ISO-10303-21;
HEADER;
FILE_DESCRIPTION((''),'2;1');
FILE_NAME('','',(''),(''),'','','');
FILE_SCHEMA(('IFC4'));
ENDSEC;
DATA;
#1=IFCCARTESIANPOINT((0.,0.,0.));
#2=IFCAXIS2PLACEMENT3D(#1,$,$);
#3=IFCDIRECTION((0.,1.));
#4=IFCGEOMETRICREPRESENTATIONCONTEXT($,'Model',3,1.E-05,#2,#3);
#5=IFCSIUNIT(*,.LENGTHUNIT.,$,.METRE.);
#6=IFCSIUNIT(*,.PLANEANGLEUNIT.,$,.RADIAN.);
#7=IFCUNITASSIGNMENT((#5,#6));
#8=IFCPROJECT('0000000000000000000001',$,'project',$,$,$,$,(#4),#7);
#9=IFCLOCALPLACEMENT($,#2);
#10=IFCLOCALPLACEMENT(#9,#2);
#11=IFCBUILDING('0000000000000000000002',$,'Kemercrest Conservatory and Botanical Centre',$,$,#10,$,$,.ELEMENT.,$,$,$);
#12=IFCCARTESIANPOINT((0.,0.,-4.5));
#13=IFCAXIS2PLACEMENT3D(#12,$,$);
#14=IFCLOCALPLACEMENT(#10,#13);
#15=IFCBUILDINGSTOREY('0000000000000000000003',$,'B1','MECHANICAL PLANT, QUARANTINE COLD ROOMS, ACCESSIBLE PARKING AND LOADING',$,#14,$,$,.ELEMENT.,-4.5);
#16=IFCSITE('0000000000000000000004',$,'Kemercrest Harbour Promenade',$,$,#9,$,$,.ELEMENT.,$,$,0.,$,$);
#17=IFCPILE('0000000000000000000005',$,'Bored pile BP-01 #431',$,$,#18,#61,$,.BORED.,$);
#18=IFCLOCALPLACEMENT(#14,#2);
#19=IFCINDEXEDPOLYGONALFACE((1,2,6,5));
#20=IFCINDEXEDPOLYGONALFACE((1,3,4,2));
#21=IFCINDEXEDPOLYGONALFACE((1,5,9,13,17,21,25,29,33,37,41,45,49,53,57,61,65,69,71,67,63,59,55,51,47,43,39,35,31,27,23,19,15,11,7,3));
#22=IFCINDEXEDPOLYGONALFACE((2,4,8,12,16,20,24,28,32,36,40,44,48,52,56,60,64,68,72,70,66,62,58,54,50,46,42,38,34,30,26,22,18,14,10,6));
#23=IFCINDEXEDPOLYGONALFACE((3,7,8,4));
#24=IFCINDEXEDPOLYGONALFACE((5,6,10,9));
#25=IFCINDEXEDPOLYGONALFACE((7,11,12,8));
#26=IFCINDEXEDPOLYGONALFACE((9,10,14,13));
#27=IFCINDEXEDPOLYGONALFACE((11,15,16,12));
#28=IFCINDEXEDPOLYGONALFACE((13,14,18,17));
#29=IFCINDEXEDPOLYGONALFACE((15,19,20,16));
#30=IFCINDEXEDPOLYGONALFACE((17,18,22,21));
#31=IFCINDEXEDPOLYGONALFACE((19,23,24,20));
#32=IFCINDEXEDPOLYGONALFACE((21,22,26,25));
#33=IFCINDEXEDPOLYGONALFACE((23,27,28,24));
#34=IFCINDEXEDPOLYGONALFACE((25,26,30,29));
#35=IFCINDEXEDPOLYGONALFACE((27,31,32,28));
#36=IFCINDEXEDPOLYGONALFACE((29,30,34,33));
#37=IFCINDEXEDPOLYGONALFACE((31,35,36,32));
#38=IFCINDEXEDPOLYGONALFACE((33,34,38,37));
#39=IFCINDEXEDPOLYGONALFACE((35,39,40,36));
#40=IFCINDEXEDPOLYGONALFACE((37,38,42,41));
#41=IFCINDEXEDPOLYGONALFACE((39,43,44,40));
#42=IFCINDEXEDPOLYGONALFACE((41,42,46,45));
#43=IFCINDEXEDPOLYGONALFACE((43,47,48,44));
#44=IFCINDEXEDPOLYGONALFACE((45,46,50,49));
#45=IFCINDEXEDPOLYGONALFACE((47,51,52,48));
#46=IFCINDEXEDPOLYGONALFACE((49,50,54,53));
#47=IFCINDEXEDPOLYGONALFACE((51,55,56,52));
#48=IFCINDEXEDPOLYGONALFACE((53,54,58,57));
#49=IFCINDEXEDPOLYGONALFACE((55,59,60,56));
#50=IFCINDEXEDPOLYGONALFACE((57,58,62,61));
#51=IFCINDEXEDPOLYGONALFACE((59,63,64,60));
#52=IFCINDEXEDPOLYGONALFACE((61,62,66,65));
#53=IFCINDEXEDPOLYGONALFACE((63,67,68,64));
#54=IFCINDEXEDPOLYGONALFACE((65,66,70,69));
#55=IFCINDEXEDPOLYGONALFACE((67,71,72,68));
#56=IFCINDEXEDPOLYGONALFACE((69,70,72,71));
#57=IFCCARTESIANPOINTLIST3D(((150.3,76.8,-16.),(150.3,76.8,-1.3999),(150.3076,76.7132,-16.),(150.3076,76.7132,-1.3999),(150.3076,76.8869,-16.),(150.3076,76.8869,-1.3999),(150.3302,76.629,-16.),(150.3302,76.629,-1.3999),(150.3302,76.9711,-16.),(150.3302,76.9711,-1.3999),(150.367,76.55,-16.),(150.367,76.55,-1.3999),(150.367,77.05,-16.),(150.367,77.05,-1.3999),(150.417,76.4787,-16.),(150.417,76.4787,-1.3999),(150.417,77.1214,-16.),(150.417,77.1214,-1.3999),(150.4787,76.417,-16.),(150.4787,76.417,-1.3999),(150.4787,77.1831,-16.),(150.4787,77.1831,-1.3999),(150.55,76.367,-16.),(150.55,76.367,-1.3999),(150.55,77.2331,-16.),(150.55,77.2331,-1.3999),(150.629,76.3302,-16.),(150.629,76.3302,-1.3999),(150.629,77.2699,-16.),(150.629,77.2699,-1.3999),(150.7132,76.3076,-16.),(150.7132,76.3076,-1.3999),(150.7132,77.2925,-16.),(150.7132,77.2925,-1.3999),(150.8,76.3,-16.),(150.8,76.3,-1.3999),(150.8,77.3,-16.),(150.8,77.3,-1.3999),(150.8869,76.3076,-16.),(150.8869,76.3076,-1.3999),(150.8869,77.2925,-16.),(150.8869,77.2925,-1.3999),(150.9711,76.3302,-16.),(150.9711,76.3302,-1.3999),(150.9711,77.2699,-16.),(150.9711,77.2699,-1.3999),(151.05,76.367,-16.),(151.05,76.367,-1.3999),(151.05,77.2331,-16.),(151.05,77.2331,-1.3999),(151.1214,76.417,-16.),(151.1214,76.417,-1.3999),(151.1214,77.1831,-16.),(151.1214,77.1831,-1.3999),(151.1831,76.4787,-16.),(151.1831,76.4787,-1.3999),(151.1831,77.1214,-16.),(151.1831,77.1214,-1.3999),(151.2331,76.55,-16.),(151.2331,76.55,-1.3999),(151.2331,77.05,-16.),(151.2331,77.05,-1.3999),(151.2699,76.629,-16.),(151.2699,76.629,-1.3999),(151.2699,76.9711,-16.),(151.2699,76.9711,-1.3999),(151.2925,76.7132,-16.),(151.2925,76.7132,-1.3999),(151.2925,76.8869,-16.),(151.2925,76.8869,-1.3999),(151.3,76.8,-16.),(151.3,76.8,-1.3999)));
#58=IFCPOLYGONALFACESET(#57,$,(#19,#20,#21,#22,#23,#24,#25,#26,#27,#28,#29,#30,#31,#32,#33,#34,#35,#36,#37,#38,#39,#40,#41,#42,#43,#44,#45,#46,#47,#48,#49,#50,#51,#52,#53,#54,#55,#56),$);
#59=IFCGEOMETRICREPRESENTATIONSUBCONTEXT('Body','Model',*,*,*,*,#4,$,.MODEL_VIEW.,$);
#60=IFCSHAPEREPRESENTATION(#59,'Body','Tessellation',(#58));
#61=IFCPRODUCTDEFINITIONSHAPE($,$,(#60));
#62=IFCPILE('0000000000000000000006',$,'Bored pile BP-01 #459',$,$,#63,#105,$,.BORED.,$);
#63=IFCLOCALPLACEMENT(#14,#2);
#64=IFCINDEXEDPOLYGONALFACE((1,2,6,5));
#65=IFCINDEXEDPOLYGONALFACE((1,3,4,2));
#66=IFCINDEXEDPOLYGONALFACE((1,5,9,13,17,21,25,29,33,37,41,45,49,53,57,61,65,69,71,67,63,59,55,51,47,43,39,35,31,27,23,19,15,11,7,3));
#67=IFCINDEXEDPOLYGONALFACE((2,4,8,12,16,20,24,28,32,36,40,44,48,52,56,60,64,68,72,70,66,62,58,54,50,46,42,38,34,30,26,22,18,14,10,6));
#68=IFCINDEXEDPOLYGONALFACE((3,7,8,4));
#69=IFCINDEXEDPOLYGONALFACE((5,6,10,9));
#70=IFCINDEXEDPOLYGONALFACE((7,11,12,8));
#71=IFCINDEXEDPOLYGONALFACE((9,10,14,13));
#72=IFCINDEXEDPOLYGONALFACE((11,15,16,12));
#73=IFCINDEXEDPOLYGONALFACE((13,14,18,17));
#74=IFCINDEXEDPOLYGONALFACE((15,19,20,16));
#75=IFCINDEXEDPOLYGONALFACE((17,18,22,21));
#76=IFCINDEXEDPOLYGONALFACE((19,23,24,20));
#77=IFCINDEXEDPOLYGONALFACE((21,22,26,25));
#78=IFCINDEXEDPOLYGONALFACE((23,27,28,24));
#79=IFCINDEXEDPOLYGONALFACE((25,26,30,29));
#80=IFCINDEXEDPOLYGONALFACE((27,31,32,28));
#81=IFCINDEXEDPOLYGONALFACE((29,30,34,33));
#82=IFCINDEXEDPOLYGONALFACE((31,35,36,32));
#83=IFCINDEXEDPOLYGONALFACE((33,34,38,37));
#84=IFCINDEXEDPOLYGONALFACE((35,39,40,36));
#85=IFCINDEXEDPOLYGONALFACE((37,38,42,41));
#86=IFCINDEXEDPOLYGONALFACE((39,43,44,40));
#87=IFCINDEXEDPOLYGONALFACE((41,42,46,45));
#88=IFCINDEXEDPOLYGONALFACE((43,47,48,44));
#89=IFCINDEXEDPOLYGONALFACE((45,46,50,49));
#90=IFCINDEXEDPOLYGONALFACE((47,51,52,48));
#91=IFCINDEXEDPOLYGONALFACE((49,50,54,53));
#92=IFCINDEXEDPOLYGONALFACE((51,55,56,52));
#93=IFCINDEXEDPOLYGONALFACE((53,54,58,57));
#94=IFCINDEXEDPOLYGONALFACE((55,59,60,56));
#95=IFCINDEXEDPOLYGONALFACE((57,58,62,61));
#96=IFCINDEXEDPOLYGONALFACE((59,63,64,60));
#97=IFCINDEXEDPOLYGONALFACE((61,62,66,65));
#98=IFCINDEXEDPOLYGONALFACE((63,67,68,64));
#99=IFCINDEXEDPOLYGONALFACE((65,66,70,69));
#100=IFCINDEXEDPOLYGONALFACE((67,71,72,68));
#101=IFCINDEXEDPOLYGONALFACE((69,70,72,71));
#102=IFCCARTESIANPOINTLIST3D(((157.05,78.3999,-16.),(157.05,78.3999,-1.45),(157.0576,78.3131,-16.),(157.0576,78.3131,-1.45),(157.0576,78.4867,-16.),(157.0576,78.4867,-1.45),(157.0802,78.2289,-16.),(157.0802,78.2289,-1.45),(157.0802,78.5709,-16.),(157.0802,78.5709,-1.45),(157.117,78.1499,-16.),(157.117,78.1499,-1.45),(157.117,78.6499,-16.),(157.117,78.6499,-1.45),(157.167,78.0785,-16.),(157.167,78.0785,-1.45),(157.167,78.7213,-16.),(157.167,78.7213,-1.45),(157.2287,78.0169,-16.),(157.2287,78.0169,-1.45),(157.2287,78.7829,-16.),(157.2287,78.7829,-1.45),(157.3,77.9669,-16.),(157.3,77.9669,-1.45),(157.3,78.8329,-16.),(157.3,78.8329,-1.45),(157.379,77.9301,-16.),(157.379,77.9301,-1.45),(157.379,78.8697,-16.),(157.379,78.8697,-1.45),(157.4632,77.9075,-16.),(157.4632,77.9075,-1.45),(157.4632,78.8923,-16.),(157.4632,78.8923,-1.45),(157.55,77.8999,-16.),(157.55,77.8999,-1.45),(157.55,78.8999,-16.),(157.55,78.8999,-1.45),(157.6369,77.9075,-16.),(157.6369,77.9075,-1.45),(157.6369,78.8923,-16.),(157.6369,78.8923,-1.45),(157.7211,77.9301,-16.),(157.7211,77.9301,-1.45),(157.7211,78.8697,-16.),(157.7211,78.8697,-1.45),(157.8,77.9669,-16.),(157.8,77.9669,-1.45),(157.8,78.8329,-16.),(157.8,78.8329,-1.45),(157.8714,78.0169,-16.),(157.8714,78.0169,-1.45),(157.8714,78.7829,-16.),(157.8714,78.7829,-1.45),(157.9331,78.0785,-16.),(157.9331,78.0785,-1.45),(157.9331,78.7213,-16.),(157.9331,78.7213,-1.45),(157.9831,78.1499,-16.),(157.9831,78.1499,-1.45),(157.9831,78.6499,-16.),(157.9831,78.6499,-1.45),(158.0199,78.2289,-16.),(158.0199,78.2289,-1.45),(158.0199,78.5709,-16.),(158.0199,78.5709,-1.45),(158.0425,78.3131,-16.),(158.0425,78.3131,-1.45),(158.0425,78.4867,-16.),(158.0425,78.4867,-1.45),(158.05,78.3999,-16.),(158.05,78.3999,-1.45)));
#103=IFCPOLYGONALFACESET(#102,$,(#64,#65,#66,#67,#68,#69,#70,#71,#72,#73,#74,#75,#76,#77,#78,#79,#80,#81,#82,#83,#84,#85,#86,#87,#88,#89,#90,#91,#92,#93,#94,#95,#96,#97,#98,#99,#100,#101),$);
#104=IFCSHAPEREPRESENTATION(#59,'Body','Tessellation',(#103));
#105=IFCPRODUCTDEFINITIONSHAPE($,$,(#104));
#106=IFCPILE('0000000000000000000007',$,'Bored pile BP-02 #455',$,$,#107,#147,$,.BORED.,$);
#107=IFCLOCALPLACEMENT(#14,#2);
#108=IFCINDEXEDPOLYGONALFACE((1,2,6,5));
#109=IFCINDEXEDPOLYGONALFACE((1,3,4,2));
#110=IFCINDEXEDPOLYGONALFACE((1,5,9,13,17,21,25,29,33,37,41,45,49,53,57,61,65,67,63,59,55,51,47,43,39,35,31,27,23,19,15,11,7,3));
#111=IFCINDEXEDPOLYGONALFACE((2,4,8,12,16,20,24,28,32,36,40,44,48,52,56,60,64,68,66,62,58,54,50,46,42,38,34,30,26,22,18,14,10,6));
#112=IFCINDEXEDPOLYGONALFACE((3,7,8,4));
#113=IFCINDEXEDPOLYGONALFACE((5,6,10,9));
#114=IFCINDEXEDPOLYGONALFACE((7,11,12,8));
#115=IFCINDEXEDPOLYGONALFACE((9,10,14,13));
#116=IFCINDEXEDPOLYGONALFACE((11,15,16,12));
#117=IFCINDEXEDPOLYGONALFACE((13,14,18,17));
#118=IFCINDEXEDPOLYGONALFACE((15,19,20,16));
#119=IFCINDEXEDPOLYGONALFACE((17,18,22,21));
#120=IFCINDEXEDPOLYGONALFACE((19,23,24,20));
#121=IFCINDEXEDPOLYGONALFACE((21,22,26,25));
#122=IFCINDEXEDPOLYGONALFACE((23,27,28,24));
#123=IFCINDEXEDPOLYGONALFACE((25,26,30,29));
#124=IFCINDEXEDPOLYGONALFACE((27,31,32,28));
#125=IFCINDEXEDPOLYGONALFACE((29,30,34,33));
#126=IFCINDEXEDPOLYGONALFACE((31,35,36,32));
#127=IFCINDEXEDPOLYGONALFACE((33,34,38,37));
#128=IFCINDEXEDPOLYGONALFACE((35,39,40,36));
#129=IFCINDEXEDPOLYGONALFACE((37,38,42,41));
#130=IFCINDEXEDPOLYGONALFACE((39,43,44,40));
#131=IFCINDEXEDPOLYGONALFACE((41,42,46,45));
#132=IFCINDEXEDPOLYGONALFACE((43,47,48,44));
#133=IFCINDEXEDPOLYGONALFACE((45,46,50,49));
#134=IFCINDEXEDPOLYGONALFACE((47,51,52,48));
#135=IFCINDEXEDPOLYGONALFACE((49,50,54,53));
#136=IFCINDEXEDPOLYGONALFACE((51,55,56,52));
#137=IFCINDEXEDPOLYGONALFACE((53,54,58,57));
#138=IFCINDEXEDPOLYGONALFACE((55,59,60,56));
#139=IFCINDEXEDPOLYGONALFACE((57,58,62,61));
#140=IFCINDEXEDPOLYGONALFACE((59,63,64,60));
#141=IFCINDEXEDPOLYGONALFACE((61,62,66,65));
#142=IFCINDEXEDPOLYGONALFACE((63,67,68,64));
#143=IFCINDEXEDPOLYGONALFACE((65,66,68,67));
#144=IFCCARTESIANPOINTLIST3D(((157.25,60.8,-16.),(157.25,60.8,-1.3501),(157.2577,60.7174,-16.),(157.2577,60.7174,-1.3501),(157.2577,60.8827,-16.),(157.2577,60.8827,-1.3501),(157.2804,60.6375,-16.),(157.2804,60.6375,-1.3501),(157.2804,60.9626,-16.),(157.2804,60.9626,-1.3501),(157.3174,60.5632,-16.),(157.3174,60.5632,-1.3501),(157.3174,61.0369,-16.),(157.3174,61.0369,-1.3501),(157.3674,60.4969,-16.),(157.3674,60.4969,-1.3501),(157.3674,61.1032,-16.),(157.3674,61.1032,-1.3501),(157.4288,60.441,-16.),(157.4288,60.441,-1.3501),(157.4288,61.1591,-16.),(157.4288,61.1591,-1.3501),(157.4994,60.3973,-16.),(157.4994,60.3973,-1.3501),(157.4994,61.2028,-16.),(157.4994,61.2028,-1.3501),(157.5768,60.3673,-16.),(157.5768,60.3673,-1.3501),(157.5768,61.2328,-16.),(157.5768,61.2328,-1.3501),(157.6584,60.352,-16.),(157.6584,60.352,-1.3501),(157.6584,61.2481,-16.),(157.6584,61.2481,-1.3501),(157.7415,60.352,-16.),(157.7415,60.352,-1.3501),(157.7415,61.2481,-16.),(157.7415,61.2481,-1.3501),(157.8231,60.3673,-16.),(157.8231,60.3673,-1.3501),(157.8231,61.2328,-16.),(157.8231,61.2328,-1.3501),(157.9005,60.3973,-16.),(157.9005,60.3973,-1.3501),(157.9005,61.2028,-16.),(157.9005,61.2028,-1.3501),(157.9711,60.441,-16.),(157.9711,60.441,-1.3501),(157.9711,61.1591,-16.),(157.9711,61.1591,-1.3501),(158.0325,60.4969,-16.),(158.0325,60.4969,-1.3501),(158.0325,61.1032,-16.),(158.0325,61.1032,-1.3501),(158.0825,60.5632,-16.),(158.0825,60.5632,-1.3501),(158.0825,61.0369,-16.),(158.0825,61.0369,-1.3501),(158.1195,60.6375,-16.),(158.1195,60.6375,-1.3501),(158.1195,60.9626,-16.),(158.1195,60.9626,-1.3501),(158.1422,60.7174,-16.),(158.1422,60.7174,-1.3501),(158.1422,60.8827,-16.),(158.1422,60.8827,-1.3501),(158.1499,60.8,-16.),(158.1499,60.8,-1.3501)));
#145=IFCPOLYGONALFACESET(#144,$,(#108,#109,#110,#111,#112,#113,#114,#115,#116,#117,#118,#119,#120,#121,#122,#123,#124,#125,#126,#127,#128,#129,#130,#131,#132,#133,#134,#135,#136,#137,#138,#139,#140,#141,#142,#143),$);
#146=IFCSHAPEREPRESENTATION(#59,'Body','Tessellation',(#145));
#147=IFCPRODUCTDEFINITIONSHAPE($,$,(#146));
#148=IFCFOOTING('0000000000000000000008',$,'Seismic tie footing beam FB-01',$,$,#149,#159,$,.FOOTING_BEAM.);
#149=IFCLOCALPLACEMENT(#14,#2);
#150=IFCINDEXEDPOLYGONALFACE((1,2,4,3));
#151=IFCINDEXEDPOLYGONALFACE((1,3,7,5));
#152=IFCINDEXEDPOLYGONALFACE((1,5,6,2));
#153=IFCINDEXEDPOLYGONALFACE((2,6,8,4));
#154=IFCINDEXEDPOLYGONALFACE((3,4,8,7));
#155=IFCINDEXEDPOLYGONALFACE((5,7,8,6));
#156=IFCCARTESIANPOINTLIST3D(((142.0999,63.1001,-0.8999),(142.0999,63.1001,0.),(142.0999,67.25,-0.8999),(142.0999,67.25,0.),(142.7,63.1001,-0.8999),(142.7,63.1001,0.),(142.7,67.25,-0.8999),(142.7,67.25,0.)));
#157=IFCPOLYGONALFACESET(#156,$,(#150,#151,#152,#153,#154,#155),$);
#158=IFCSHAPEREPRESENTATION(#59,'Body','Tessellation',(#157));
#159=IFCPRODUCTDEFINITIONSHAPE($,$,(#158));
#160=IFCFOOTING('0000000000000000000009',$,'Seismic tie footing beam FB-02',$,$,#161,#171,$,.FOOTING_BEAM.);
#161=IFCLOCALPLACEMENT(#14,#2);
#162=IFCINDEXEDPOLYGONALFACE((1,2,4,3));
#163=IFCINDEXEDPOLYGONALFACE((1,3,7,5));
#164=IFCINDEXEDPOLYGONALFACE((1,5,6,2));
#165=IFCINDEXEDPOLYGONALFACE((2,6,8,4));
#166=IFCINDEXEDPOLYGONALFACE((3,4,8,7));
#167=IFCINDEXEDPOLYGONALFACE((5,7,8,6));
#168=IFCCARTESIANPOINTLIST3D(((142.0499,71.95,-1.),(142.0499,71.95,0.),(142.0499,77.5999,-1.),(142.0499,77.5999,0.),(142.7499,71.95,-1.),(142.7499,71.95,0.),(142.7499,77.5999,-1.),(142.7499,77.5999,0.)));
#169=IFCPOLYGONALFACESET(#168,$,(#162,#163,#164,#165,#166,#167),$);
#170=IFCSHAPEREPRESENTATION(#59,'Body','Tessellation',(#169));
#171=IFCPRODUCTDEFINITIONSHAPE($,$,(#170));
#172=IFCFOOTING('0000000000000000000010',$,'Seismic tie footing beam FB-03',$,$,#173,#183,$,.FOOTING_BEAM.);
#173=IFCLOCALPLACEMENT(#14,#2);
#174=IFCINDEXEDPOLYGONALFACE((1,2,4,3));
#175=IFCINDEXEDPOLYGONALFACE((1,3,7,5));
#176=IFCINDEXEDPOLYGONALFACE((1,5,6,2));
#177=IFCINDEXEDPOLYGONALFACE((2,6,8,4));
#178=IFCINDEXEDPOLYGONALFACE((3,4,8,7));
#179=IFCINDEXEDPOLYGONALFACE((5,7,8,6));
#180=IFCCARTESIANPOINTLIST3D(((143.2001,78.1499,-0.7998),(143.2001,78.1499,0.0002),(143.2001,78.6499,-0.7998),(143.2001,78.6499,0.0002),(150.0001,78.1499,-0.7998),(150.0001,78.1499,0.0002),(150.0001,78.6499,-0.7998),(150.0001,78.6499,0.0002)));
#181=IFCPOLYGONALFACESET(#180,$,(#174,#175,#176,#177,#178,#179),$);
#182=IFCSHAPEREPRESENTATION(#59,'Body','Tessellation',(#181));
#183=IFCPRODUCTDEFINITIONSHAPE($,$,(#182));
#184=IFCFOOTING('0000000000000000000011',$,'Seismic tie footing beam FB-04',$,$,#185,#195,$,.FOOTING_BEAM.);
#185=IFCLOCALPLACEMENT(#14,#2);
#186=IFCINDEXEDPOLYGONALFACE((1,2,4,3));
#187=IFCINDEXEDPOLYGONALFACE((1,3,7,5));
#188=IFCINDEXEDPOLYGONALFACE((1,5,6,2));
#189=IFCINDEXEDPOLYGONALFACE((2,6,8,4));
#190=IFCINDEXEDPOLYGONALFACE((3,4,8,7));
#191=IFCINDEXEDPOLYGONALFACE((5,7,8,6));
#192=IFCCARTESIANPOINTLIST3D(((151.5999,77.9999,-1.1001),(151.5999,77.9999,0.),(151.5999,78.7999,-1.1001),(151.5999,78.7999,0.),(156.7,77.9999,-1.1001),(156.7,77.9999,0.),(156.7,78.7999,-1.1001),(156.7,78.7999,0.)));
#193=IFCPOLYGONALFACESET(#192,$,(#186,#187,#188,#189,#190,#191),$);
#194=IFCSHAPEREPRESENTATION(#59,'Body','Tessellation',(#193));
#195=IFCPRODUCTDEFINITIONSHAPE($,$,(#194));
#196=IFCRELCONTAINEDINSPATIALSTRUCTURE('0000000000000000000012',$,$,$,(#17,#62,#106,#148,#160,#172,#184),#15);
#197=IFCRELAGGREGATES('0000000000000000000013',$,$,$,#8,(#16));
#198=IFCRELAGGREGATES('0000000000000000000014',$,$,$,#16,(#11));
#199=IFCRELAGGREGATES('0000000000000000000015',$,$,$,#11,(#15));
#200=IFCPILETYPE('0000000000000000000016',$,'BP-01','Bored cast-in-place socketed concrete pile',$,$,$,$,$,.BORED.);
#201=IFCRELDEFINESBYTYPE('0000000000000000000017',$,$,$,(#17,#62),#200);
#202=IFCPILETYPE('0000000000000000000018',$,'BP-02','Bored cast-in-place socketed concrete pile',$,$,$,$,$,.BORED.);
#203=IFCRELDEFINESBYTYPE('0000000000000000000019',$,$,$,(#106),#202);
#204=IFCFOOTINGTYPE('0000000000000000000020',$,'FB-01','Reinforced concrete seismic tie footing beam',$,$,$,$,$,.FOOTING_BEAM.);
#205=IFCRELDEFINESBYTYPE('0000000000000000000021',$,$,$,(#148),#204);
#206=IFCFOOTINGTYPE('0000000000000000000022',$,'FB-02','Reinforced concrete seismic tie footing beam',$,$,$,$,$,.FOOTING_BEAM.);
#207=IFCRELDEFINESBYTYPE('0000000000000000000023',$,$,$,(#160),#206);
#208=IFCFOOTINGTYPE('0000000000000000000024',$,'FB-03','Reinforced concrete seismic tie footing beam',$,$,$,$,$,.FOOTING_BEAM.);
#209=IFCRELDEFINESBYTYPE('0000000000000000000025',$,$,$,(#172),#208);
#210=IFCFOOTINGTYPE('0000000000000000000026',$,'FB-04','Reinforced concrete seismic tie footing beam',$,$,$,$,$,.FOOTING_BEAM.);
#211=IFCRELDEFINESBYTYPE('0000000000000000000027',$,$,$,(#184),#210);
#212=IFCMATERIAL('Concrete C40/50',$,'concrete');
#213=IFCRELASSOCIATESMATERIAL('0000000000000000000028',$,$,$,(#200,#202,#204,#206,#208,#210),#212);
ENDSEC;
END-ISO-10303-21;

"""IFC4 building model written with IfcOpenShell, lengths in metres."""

from ifc_helpers import new_model, si_unit, direction, frame, origin, origin_2d, place, context, subcontext, project, spatial, rectangle, circle, extrude, material, material_profile, profile_set, type_object, element, save


model = new_model("IFC4")

# Units and contexts
model_context = context("Model", 3, precision=1e-05, world=origin(), true_north=direction((0.0, 1.0)))
body_context = subcontext(model_context, "Body", "Model", "MODEL_VIEW")
ifc_project = project(units=[si_unit("LENGTHUNIT", "METRE"), si_unit("PLANEANGLEUNIT", "RADIAN")], contexts=[model_context])

# Site, building, storey
site_placement = place(None, origin())
site = spatial("IfcSite", under=ifc_project, at=site_placement, Name="Kemercrest Harbour Promenade", CompositionType="ELEMENT", RefElevation=0.0)
building_placement = place(site_placement, origin())
building = spatial("IfcBuilding", under=site, at=building_placement, Name="Kemercrest Conservatory and Botanical Centre", CompositionType="ELEMENT")
storey_placement = place(building_placement, frame((0.0, 0.0, -4.5)))
storey = spatial("IfcBuildingStorey", under=building, at=storey_placement, Name="B1", Description="MECHANICAL PLANT, QUARANTINE COLD ROOMS, ACCESSIBLE PARKING AND LOADING", CompositionType="ELEMENT", Elevation=-4.5)

# Piles
ifc_material_1 = material(Name="Concrete C40/50", Category="concrete")
ifc_material_profile_1 = material_profile(ifc_material_1, circle(Radius=0.5, at=origin_2d()), Name="BORED PILE 1000")
ifc_profile_set_1 = profile_set([ifc_material_profile_1], Name="Concrete C40/50")
pile_type_1 = type_object("IfcPileType", Name="BP-01", Description="Bored cast-in-place socketed concrete pile", PredefinedType="BORED", material=ifc_profile_set_1)
for number, where, z_axis, x_axis, name in (
    (1, (150.8, 76.8, -1.3999), (0.0, 0.0, -1.0), (1.0, 0.0, 0.0), "Bored pile BP-01 #431"),
):
    element("IfcPile", number, at=place(storey_placement, frame(where, z_axis=z_axis, x_axis=x_axis)), inside=storey, type_object=pile_type_1, Name=name, PredefinedType="BORED", context=body_context, shape_type="SweptSolid", body=[
        extrude(circle(Radius=0.5, at=origin_2d()), origin(), (0.0, 0.0, 1.0), 14.6001),
    ])
pile_1_placement = place(storey_placement, frame((157.55, 78.3999, -1.45), z_axis=(0.0, 0.0, -1.0), x_axis=(1.0, 0.0, 0.0)))
element("IfcPile", 2, at=pile_1_placement, inside=storey, type_object=pile_type_1, Name="Bored pile BP-01 #459", PredefinedType="BORED", context=body_context, shape_type="SweptSolid", body=[
    extrude(circle(Radius=0.5, at=origin_2d()), origin(), (0.0, 0.0, 1.0), 14.55),
])
ifc_material_profile_2 = material_profile(ifc_material_1, circle(Radius=0.45, at=origin_2d()), Name="BORED PILE 900")
ifc_profile_set_2 = profile_set([ifc_material_profile_2], Name="Concrete C40/50")
pile_type_2 = type_object("IfcPileType", Name="BP-02", Description="Bored cast-in-place socketed concrete pile", PredefinedType="BORED", material=ifc_profile_set_2)
pile_2_placement = place(storey_placement, frame((157.7, 60.8, -1.3501), z_axis=(0.0, 0.0, -1.0), x_axis=(1.0, 0.0, 0.0)))
element("IfcPile", 3, at=pile_2_placement, inside=storey, type_object=pile_type_2, Name="Bored pile BP-02 #455", PredefinedType="BORED", context=body_context, shape_type="SweptSolid", body=[
    extrude(circle(Radius=0.45, at=origin_2d()), origin(), (0.0, 0.0, 1.0), 14.6499),
])

# Footings
footing_type_1 = type_object("IfcFootingType", Name="FB-01", Description="Reinforced concrete seismic tie footing beam", PredefinedType="FOOTING_BEAM", material=ifc_material_1)
footing_1_placement = place(storey_placement, frame((142.3999, 65.175, -0.8999), z_axis=(0.0, 0.0, 1.0), x_axis=(1.0, 0.0, 0.0)))
element("IfcFooting", 4, at=footing_1_placement, inside=storey, type_object=footing_type_1, Name="Seismic tie footing beam FB-01", PredefinedType="FOOTING_BEAM", context=body_context, shape_type="SweptSolid", body=[
    extrude(rectangle(XDim=0.6001, YDim=4.1499, at=origin_2d()), origin(), (0.0, 0.0, 1.0), 0.8999),
])
footing_type_2 = type_object("IfcFootingType", Name="FB-02", Description="Reinforced concrete seismic tie footing beam", PredefinedType="FOOTING_BEAM", material=ifc_material_1)
footing_2_placement = place(storey_placement, frame((142.3999, 74.7749, -1.0), z_axis=(0.0, 0.0, 1.0), x_axis=(1.0, 0.0, 0.0)))
element("IfcFooting", 5, at=footing_2_placement, inside=storey, type_object=footing_type_2, Name="Seismic tie footing beam FB-02", PredefinedType="FOOTING_BEAM", context=body_context, shape_type="SweptSolid", body=[
    extrude(rectangle(XDim=0.7, YDim=5.6499, at=origin_2d()), origin(), (0.0, 0.0, 1.0), 1.0),
])
footing_type_3 = type_object("IfcFootingType", Name="FB-03", Description="Reinforced concrete seismic tie footing beam", PredefinedType="FOOTING_BEAM", material=ifc_material_1)
footing_3_placement = place(storey_placement, frame((146.6001, 78.3999, -0.7998), z_axis=(0.0, 0.0, 1.0), x_axis=(1.0, 0.0, 0.0)))
element("IfcFooting", 6, at=footing_3_placement, inside=storey, type_object=footing_type_3, Name="Seismic tie footing beam FB-03", PredefinedType="FOOTING_BEAM", context=body_context, shape_type="SweptSolid", body=[
    extrude(rectangle(XDim=6.8, YDim=0.5, at=origin_2d()), origin(), (0.0, 0.0, 1.0), 0.8),
])
footing_type_4 = type_object("IfcFootingType", Name="FB-04", Description="Reinforced concrete seismic tie footing beam", PredefinedType="FOOTING_BEAM", material=ifc_material_1)
footing_4_placement = place(storey_placement, frame((154.1499, 78.3999, -1.1001), z_axis=(0.0, 0.0, 1.0), x_axis=(1.0, 0.0, 0.0)))
element("IfcFooting", 7, at=footing_4_placement, inside=storey, type_object=footing_type_4, Name="Seismic tie footing beam FB-04", PredefinedType="FOOTING_BEAM", context=body_context, shape_type="SweptSolid", body=[
    extrude(rectangle(XDim=5.1001, YDim=0.8, at=origin_2d()), origin(), (0.0, 0.0, 1.0), 1.1001),
])

save(model, "model.ifc")
